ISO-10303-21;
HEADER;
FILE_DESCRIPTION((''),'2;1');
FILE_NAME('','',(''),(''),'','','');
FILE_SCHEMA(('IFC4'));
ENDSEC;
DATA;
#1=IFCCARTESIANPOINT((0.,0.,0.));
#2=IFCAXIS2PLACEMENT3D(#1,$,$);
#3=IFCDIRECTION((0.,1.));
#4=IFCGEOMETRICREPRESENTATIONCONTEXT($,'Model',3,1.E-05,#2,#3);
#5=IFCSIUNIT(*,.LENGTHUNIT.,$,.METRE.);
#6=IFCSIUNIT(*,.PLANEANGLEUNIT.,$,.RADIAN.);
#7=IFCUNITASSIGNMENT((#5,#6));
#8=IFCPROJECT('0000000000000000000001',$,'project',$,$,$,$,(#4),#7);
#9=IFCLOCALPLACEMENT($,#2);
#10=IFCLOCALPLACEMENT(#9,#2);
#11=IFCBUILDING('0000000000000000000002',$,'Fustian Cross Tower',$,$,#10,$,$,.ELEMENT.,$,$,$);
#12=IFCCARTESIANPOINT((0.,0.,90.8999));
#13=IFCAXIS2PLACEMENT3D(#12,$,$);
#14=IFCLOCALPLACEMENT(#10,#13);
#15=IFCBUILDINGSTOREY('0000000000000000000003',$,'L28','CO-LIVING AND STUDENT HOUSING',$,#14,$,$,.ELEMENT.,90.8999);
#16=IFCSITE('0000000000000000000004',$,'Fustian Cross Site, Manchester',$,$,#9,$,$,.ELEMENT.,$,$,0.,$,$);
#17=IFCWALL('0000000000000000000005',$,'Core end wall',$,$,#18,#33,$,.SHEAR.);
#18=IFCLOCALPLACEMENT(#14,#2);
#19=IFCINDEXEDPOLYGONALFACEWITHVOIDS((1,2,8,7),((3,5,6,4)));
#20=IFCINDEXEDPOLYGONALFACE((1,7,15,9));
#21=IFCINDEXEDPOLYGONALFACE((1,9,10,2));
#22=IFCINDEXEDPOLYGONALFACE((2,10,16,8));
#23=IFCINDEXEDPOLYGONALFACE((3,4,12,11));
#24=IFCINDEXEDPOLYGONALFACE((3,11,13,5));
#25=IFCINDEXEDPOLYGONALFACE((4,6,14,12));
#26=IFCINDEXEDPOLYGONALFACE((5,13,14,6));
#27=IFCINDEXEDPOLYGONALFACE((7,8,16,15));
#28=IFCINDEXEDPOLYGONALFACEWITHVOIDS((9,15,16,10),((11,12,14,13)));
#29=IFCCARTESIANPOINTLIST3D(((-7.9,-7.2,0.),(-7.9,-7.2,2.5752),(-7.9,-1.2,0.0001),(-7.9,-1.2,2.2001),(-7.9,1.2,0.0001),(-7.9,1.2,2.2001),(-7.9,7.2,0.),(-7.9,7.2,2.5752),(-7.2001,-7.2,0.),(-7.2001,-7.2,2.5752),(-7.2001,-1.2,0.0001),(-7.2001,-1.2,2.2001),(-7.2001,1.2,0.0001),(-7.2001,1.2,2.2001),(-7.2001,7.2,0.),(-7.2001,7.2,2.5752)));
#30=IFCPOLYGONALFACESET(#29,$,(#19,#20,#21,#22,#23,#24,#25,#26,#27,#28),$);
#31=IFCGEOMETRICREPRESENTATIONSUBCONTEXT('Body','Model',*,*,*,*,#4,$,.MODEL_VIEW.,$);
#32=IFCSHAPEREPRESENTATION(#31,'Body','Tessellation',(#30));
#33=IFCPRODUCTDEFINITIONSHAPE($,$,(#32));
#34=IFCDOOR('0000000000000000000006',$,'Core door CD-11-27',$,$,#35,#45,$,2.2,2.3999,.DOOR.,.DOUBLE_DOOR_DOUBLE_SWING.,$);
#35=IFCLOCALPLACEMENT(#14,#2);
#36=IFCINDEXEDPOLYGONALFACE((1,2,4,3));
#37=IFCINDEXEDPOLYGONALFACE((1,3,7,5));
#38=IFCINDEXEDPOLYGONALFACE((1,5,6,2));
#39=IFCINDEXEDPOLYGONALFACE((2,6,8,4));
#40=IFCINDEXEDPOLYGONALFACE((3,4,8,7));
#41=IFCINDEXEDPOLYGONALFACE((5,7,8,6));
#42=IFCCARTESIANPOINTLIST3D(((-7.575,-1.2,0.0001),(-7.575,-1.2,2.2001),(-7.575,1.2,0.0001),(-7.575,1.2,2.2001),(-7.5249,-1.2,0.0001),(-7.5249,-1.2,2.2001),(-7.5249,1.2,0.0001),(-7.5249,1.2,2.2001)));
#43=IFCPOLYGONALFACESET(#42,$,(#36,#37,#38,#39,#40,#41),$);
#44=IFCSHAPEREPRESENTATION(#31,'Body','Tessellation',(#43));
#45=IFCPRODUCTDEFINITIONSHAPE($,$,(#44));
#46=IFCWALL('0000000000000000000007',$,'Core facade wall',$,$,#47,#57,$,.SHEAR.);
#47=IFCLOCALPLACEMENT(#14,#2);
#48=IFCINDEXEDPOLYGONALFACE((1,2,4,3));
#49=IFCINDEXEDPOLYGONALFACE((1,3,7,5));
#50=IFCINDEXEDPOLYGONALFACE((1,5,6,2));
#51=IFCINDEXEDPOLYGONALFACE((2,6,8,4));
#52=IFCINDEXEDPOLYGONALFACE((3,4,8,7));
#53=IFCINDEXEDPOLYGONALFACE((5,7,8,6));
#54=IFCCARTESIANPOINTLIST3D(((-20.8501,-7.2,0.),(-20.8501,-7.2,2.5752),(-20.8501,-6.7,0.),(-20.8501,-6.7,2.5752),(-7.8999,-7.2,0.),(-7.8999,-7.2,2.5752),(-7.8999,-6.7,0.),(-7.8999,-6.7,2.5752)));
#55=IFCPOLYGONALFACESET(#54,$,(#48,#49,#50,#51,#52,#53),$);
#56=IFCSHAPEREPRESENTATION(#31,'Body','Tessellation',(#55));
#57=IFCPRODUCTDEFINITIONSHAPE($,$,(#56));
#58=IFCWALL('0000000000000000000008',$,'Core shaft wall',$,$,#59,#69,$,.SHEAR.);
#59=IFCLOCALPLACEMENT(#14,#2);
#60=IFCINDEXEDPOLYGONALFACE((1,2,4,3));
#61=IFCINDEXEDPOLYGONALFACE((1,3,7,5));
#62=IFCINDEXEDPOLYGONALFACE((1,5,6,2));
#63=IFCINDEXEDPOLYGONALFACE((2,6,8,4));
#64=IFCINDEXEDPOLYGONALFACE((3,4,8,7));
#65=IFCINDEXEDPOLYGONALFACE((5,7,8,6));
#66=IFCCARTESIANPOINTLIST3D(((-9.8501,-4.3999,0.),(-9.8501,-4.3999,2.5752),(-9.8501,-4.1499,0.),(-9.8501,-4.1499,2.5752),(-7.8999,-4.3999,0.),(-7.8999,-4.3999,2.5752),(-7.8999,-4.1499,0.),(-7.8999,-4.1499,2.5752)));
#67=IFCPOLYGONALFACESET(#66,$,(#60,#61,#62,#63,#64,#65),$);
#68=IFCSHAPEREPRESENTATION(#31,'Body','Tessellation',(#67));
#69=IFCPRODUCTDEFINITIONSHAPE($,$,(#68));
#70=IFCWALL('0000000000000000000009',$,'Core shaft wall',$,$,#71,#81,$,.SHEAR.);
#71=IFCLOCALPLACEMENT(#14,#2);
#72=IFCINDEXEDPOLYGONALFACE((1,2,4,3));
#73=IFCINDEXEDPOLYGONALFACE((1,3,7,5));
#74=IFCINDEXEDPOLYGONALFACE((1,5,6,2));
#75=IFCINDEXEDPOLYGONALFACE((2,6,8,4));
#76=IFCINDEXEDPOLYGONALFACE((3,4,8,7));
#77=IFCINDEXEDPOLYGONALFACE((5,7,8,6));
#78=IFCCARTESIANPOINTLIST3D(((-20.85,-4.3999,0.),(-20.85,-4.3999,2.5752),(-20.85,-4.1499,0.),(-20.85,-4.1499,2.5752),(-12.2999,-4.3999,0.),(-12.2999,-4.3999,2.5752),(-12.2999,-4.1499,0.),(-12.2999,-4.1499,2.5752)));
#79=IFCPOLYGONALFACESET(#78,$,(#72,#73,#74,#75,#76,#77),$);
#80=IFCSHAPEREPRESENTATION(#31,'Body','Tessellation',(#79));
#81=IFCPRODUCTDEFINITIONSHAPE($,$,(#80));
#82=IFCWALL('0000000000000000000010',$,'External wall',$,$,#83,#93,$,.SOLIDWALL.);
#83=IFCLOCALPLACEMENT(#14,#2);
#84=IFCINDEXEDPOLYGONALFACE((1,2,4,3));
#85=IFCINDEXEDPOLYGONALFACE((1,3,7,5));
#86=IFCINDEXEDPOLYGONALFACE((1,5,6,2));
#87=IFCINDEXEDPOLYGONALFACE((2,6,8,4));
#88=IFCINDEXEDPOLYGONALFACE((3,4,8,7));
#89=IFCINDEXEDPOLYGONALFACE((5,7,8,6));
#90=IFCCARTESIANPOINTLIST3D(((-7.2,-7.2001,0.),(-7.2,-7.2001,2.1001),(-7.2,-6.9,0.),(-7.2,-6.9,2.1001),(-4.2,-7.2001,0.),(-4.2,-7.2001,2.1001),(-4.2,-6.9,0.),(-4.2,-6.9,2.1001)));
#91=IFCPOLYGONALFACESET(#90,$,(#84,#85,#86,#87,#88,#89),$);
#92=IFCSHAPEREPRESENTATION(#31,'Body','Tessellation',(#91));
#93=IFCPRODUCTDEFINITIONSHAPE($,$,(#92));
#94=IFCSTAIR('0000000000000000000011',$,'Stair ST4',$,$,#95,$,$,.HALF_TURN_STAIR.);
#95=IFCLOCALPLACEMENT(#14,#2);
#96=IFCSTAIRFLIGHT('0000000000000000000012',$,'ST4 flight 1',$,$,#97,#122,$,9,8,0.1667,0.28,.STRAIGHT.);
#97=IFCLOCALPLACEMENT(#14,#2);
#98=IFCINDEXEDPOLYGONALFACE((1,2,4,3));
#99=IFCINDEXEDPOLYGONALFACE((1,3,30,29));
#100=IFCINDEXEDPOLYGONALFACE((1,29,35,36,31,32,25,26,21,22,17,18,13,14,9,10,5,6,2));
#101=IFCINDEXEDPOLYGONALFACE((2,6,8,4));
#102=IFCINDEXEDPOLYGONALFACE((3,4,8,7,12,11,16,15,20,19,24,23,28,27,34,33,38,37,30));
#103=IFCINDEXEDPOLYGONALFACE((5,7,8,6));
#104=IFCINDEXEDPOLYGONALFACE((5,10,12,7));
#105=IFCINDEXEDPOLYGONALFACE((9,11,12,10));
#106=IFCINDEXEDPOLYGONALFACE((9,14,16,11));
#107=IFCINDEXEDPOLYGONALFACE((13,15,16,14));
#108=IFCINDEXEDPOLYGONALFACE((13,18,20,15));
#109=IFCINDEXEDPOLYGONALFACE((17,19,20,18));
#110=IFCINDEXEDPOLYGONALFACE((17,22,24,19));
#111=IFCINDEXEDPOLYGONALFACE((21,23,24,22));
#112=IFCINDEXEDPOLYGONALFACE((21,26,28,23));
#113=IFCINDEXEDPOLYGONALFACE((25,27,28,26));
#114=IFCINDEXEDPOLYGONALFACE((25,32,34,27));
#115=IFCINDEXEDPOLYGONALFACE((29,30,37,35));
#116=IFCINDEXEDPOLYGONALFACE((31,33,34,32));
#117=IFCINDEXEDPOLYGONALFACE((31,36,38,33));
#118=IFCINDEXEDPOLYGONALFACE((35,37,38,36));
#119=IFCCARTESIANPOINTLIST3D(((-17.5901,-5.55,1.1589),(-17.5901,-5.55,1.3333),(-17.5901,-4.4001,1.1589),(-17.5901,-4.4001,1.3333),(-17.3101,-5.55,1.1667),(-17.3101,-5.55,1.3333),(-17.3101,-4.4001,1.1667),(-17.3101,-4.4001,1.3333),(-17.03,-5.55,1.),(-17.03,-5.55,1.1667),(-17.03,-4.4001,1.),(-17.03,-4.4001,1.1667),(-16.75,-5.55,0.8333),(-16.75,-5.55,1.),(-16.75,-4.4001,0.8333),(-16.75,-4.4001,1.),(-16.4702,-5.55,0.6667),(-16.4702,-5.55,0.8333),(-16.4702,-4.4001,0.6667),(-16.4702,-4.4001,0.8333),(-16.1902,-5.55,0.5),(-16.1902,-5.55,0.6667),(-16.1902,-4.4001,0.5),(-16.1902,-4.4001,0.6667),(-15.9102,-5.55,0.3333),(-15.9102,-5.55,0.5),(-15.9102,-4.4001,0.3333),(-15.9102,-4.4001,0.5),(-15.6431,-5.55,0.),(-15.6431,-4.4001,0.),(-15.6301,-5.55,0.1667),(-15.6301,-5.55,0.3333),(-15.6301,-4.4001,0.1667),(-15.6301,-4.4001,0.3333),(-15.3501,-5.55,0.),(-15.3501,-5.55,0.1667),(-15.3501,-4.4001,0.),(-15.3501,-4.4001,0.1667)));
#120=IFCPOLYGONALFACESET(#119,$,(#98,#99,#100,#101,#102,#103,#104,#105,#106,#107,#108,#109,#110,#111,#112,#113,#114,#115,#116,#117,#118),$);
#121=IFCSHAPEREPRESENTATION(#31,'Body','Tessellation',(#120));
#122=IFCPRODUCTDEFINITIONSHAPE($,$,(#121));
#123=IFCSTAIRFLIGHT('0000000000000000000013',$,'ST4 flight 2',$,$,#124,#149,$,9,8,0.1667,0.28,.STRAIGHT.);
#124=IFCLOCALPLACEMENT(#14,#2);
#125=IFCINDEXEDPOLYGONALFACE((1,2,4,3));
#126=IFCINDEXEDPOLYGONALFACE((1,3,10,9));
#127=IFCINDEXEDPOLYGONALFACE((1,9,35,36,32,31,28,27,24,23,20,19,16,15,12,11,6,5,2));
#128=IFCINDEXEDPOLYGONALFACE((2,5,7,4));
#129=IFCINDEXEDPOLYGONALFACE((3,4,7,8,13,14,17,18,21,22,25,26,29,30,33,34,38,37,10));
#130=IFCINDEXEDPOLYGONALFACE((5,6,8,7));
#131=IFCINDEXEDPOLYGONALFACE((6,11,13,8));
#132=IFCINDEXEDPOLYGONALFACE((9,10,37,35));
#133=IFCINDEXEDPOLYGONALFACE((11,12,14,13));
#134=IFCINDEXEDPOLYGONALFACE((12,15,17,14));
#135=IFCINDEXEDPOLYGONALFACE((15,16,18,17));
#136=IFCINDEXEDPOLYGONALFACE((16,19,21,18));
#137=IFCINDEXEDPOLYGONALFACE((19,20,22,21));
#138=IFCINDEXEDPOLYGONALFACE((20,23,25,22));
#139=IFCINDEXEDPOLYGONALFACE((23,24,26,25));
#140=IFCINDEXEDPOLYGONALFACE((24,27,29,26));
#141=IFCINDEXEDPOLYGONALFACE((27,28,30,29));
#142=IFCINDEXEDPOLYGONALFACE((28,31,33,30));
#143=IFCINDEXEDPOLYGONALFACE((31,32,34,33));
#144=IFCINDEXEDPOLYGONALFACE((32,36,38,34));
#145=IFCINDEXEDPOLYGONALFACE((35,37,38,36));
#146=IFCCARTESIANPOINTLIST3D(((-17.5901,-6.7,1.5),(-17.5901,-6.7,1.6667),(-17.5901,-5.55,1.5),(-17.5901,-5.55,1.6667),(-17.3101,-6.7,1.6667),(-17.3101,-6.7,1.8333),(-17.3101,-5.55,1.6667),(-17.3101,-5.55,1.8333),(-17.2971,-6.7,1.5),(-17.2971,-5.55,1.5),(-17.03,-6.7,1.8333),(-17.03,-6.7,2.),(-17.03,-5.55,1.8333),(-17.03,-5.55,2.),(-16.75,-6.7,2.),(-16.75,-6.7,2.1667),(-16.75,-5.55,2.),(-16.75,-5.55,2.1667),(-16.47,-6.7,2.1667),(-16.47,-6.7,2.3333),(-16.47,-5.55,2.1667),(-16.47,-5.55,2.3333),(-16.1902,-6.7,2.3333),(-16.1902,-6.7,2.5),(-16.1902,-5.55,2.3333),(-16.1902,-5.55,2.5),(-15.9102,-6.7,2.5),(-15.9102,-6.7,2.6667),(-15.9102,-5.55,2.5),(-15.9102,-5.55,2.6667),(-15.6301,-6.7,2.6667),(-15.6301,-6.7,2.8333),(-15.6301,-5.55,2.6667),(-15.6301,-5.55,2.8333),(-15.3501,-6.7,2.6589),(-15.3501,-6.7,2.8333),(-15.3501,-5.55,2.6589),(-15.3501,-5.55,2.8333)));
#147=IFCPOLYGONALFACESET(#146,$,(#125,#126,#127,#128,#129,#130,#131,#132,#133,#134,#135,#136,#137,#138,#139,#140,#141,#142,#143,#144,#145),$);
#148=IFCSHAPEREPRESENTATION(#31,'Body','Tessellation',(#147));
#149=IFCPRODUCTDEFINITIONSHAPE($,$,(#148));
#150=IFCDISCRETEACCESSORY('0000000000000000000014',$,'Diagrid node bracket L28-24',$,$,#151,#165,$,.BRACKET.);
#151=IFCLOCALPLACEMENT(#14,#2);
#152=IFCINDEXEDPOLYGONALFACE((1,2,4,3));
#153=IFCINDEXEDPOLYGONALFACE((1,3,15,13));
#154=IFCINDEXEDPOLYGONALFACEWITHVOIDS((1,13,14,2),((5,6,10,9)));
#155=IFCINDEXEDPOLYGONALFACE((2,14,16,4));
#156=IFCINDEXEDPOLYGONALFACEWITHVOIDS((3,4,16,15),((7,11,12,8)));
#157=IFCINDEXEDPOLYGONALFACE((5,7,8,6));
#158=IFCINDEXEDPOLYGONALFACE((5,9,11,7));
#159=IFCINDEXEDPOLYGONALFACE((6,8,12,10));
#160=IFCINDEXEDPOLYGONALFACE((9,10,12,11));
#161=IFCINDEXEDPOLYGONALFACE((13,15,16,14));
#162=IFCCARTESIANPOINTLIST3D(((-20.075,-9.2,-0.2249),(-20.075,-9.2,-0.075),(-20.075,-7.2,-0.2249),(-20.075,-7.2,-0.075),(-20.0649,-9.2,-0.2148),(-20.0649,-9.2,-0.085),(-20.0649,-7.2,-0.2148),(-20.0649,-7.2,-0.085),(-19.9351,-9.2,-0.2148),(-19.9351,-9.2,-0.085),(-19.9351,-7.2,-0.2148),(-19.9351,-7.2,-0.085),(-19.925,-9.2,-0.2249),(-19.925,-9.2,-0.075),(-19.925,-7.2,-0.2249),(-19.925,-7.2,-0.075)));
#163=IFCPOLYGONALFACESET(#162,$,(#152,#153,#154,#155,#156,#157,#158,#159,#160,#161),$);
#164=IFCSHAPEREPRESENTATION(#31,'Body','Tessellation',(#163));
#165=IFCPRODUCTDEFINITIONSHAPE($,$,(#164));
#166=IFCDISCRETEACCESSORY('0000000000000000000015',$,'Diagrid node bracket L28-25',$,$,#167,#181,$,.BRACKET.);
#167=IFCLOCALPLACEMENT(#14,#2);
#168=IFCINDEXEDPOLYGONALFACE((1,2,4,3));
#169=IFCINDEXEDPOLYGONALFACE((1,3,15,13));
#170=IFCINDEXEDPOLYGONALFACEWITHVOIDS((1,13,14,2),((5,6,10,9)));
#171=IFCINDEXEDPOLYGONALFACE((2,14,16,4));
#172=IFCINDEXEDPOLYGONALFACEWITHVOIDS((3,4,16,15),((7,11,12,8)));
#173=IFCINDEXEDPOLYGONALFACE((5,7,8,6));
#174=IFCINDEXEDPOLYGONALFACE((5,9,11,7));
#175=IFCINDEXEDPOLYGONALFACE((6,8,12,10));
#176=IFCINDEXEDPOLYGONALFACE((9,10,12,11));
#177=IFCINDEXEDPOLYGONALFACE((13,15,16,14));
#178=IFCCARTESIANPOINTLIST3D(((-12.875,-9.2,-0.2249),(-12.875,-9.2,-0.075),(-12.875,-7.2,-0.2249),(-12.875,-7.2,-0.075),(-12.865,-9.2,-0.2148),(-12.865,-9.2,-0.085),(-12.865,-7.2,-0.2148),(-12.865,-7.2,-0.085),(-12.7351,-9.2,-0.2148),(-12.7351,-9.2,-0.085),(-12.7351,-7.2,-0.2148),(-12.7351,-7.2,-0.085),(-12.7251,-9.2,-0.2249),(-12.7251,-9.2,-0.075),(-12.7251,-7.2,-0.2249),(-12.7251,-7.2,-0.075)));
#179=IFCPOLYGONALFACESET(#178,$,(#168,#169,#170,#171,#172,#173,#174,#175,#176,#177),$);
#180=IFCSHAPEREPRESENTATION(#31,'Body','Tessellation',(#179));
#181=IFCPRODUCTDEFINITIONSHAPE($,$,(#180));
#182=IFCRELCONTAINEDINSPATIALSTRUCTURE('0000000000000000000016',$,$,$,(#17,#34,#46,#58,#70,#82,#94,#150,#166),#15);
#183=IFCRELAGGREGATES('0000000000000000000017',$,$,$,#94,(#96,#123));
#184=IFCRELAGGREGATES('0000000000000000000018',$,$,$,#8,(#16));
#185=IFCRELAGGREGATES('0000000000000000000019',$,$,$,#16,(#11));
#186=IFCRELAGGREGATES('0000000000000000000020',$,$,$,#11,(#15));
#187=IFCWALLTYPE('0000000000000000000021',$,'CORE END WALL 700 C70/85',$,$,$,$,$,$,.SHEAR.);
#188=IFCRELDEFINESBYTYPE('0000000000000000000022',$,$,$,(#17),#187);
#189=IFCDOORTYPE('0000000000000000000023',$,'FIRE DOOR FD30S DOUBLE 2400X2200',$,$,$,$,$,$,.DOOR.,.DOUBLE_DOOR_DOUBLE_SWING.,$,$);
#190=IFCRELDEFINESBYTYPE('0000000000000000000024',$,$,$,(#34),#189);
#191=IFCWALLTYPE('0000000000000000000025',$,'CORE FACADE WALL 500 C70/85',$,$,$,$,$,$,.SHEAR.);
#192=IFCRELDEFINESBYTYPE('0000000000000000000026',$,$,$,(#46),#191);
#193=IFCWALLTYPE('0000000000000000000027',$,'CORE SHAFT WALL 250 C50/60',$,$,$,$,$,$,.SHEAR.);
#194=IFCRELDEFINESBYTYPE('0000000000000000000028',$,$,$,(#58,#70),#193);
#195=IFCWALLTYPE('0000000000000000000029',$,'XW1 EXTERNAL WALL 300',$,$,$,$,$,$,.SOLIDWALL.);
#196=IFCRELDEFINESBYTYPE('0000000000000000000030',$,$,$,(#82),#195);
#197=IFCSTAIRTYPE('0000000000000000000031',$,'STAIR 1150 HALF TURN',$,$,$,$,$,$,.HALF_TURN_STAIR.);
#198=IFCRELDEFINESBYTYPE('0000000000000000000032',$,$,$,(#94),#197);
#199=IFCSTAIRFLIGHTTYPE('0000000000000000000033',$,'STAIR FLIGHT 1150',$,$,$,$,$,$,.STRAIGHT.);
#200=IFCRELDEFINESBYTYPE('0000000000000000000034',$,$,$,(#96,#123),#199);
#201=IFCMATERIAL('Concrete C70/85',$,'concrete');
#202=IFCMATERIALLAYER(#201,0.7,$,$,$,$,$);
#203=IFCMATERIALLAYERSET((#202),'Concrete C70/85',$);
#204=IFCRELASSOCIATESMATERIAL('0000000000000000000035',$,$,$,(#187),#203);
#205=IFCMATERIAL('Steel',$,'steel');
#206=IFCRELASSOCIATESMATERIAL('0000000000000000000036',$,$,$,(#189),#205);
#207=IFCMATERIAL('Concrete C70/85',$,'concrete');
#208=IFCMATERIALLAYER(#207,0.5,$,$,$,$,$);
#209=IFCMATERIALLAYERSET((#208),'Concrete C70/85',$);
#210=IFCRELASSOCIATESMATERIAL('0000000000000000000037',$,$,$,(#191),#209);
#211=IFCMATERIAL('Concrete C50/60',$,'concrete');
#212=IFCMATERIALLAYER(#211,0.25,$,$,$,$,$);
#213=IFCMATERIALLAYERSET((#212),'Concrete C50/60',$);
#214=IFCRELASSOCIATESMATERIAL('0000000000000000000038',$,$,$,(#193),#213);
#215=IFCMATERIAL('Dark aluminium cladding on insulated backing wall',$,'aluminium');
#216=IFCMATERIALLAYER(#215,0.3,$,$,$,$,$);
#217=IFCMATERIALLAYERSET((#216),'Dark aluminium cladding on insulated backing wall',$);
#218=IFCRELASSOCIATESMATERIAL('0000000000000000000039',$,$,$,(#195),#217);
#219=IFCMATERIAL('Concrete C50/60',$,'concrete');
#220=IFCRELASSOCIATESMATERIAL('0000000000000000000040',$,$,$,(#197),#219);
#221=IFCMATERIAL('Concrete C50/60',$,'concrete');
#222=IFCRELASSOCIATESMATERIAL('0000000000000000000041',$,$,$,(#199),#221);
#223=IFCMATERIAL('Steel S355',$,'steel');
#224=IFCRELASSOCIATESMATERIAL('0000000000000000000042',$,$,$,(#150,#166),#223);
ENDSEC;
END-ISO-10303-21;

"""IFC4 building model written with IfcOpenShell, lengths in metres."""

from ifc_helpers import new_model, si_unit, direction, frame, frame_2d, origin, origin_2d, place, context, subcontext, project, spatial, polyline, rectangle, hollow_rectangle, outline, extrude, material, layer, layer_set, type_object, element, fill, aggregate, save


model = new_model("IFC4")

# Units and contexts
model_context = context("Model", 3, precision=1e-05, world=origin(), true_north=direction((0.0, 1.0)))
body_context = subcontext(model_context, "Body", "Model", "MODEL_VIEW")
ifc_project = project(units=[si_unit("LENGTHUNIT", "METRE"), si_unit("PLANEANGLEUNIT", "RADIAN")], contexts=[model_context])

# Site, building, storey
site_placement = place(None, origin())
site = spatial("IfcSite", under=ifc_project, at=site_placement, Name="Fustian Cross Site, Manchester", CompositionType="ELEMENT", RefElevation=0.0)
building_placement = place(site_placement, origin())
building = spatial("IfcBuilding", under=site, at=building_placement, Name="Fustian Cross Tower", CompositionType="ELEMENT")
storey_placement = place(building_placement, frame((0.0, 0.0, 90.8999)))
storey = spatial("IfcBuildingStorey", under=building, at=storey_placement, Name="L28", Description="CO-LIVING AND STUDENT HOUSING", CompositionType="ELEMENT", Elevation=90.8999)

# Wall, opening, door
ifc_material_1 = material(Name="Concrete C70/85", Category="concrete")
ifc_layer_1 = layer(ifc_material_1, 0.7)
ifc_layer_set_1 = layer_set([ifc_layer_1], Name="Concrete C70/85")
wall_type_1 = type_object("IfcWallType", Name="CORE END WALL 700 C70/85", PredefinedType="SHEAR", material=ifc_layer_set_1)
wall_1_placement = place(storey_placement, frame((-7.55, -7.2, 0.0), z_axis=(0.0, 0.0, 1.0), x_axis=(0.0, 1.0, 0.0)))
wall_1 = element("IfcWall", 1, at=wall_1_placement, inside=storey, type_object=wall_type_1, Name="Core end wall", PredefinedType="SHEAR", context=body_context, shape_type="SweptSolid", body=[
    extrude(rectangle(XDim=14.3999, YDim=0.7, at=frame_2d((7.2, 0.0))), origin(), (0.0, 0.0, 1.0), 2.5752),
])
opening_placement = place(wall_1_placement, frame((6.0, 0.0, 0.0)))
opening = element("IfcOpeningElement", 2, at=opening_placement, cuts=wall_1, PredefinedType="OPENING", context=body_context, shape_type="SweptSolid", body=[
    extrude(rectangle(XDim=2.3999, YDim=2.2, at=frame_2d((1.2, 1.1001))), frame((0.0, 0.3599, 0.0), z_axis=(0.0, -1.0, 0.0), x_axis=(1.0, 0.0, 0.0)), (0.0, 0.0, 1.0), 0.72),
])
ifc_material_2 = material(Name="Steel", Category="steel")
door_type = type_object("IfcDoorType", Name="FIRE DOOR FD30S DOUBLE 2400X2200", OperationType="DOUBLE_DOOR_DOUBLE_SWING", PredefinedType="DOOR", material=ifc_material_2)
door_placement = place(opening_placement, origin())
door = element("IfcDoor", 3, at=door_placement, inside=storey, type_object=door_type, Name="Core door CD-11-27", OperationType="DOUBLE_DOOR_DOUBLE_SWING", OverallHeight=2.2, OverallWidth=2.3999, PredefinedType="DOOR", context=body_context, shape_type="SweptSolid", body=[
    extrude(rectangle(XDim=2.3999, YDim=2.2, at=frame_2d((1.2, 1.1001))), frame((0.0, 0.0249, 0.0), z_axis=(0.0, -1.0, 0.0), x_axis=(1.0, 0.0, 0.0)), (0.0, 0.0, 1.0), 0.05),
])
fill(opening, door)

# Walls
ifc_material_3 = material(Name="Concrete C70/85", Category="concrete")
ifc_layer_2 = layer(ifc_material_3, 0.5)
ifc_layer_set_2 = layer_set([ifc_layer_2], Name="Concrete C70/85")
wall_type_2 = type_object("IfcWallType", Name="CORE FACADE WALL 500 C70/85", PredefinedType="SHEAR", material=ifc_layer_set_2)
wall_2_placement = place(storey_placement, frame((-7.8999, -6.95, 0.0), z_axis=(0.0, 0.0, 1.0), x_axis=(-1.0, 0.0, 0.0)))
element("IfcWall", 4, at=wall_2_placement, inside=storey, type_object=wall_type_2, Name="Core facade wall", PredefinedType="SHEAR", context=body_context, shape_type="SweptSolid", body=[
    extrude(rectangle(XDim=12.9502, YDim=0.5, at=frame_2d((6.4751, 0.0))), origin(), (0.0, 0.0, 1.0), 2.5752),
])
ifc_material_4 = material(Name="Concrete C50/60", Category="concrete")
ifc_layer_3 = layer(ifc_material_4, 0.25)
ifc_layer_set_3 = layer_set([ifc_layer_3], Name="Concrete C50/60")
wall_type_3 = type_object("IfcWallType", Name="CORE SHAFT WALL 250 C50/60", PredefinedType="SHEAR", material=ifc_layer_set_3)
wall_3_placement = place(storey_placement, frame((-7.8999, -4.2749, 0.0), z_axis=(0.0, 0.0, 1.0), x_axis=(-1.0, 0.0, 0.0)))
element("IfcWall", 5, at=wall_3_placement, inside=storey, type_object=wall_type_3, Name="Core shaft wall", PredefinedType="SHEAR", context=body_context, shape_type="SweptSolid", body=[
    extrude(rectangle(XDim=1.9502, YDim=0.25, at=frame_2d((0.9751, 0.0))), origin(), (0.0, 0.0, 1.0), 2.5752),
])
wall_4_placement = place(storey_placement, frame((-12.3, -4.2749, 0.0), z_axis=(0.0, 0.0, 1.0), x_axis=(-1.0, 0.0, 0.0)))
element("IfcWall", 6, at=wall_4_placement, inside=storey, type_object=wall_type_3, Name="Core shaft wall", PredefinedType="SHEAR", context=body_context, shape_type="SweptSolid", body=[
    extrude(rectangle(XDim=8.55, YDim=0.25, at=frame_2d((4.2749, 0.0))), origin(), (0.0, 0.0, 1.0), 2.5752),
])
ifc_material_5 = material(Name="Dark aluminium cladding on insulated backing wall", Category="aluminium")
ifc_layer_4 = layer(ifc_material_5, 0.3)
ifc_layer_set_4 = layer_set([ifc_layer_4], Name="Dark aluminium cladding on insulated backing wall")
wall_type_4 = type_object("IfcWallType", Name="XW1 EXTERNAL WALL 300", PredefinedType="SOLIDWALL", material=ifc_layer_set_4)
wall_5_placement = place(storey_placement, frame((-7.2, -7.05, 0.0), z_axis=(0.0, 0.0, 1.0), x_axis=(1.0, 0.0, 0.0)))
element("IfcWall", 7, at=wall_5_placement, inside=storey, type_object=wall_type_4, Name="External wall", PredefinedType="SOLIDWALL", context=body_context, shape_type="SweptSolid", body=[
    extrude(rectangle(XDim=3.0, YDim=0.3, at=frame_2d((1.5, 0.0))), origin(), (0.0, 0.0, 1.0), 2.1001),
])

# Stair, stair flights
ifc_material_6 = material(Name="Concrete C50/60", Category="concrete")
stair_type = type_object("IfcStairType", Name="STAIR 1150 HALF TURN", PredefinedType="HALF_TURN_STAIR", material=ifc_material_6)
stair_placement = place(storey_placement, origin())
stair = element("IfcStair", 8, at=stair_placement, inside=storey, type_object=stair_type, Name="Stair ST4", PredefinedType="HALF_TURN_STAIR")
ifc_material_7 = material(Name="Concrete C50/60", Category="concrete")
stair_flight_type = type_object("IfcStairFlightType", Name="STAIR FLIGHT 1150", PredefinedType="STRAIGHT", material=ifc_material_7)
stair_flight_1_placement = place(storey_placement, frame((-15.3501, -4.9751, 0.0), z_axis=(0.0, 0.0, 1.0), x_axis=(-1.0, 0.0, 0.0)))
stair_flight_1 = element("IfcStairFlight", 9, at=stair_flight_1_placement, type_object=stair_flight_type, Name="ST4 flight 1", NumberOfRisers=9, NumberOfTreads=8, PredefinedType="STRAIGHT", RiserHeight=0.1667, TreadLength=0.28, context=body_context, shape_type="SweptSolid", body=[
    extrude(outline(polyline([(0.0, 0.0), (0.0, 0.1667), (0.28, 0.1667), (0.28, 0.3333), (0.5601, 0.3333), (0.5601, 0.5), (0.8401, 0.5), (0.8401, 0.6667), (1.1201, 0.6667), (1.1201, 0.8333), (1.3999, 0.8333), (1.3999, 1.0), (1.6799, 1.0), (1.6799, 1.1667), (1.96, 1.1667), (1.96, 1.3333), (2.24, 1.3333), (2.24, 1.5), (2.24, 1.1589), (0.293, 0.0), (0.0, 0.0)])), frame((0.0, 0.575, 0.0), z_axis=(0.0, -1.0, 0.0), x_axis=(1.0, 0.0, 0.0)), (0.0, 0.0, 1.0), 1.1499),
])
stair_flight_2_placement = place(storey_placement, frame((-17.5901, -6.125, 1.5), z_axis=(0.0, 0.0, 1.0), x_axis=(1.0, 0.0, 0.0)))
stair_flight_2 = element("IfcStairFlight", 10, at=stair_flight_2_placement, type_object=stair_flight_type, Name="ST4 flight 2", NumberOfRisers=9, NumberOfTreads=8, PredefinedType="STRAIGHT", RiserHeight=0.1667, TreadLength=0.28, context=body_context, shape_type="SweptSolid", body=[
    extrude(outline(polyline([(0.0, 0.0), (0.0, 0.1667), (0.28, 0.1667), (0.28, 0.3333), (0.5601, 0.3333), (0.5601, 0.5), (0.8401, 0.5), (0.8401, 0.6667), (1.1201, 0.6667), (1.1201, 0.8333), (1.3999, 0.8333), (1.3999, 1.0), (1.6799, 1.0), (1.6799, 1.1667), (1.96, 1.1667), (1.96, 1.3333), (2.24, 1.3333), (2.24, 1.5), (2.24, 1.1589), (0.293, 0.0), (0.0, 0.0)])), frame((0.0, 0.575, 0.0), z_axis=(0.0, -1.0, 0.0), x_axis=(1.0, 0.0, 0.0)), (0.0, 0.0, 1.0), 1.1499),
])
aggregate(stair, [stair_flight_1, stair_flight_2])

# Discrete accessories
ifc_material_8 = material(Name="Steel S355", Category="steel")
for number, where, z_axis, x_axis, name in (
    (11, (-20.0, -9.2, -0.1499), (0.0, 1.0, 0.0), (-1.0, 0.0, 0.0), "Diagrid node bracket L28-24"),
    (12, (-12.8, -9.2, -0.1499), (0.0, 1.0, 0.0), (-1.0, 0.0, 0.0), "Diagrid node bracket L28-25"),
):
    element("IfcDiscreteAccessory", number, at=place(storey_placement, frame(where, z_axis=z_axis, x_axis=x_axis)), inside=storey, material=ifc_material_8, Name=name, PredefinedType="BRACKET", context=body_context, shape_type="SweptSolid", body=[
        extrude(hollow_rectangle(XDim=0.1499, YDim=0.1499, WallThickness=0.01, at=origin_2d()), origin(), (0.0, 0.0, 1.0), 2.0),
    ])

save(model, "model.ifc")
